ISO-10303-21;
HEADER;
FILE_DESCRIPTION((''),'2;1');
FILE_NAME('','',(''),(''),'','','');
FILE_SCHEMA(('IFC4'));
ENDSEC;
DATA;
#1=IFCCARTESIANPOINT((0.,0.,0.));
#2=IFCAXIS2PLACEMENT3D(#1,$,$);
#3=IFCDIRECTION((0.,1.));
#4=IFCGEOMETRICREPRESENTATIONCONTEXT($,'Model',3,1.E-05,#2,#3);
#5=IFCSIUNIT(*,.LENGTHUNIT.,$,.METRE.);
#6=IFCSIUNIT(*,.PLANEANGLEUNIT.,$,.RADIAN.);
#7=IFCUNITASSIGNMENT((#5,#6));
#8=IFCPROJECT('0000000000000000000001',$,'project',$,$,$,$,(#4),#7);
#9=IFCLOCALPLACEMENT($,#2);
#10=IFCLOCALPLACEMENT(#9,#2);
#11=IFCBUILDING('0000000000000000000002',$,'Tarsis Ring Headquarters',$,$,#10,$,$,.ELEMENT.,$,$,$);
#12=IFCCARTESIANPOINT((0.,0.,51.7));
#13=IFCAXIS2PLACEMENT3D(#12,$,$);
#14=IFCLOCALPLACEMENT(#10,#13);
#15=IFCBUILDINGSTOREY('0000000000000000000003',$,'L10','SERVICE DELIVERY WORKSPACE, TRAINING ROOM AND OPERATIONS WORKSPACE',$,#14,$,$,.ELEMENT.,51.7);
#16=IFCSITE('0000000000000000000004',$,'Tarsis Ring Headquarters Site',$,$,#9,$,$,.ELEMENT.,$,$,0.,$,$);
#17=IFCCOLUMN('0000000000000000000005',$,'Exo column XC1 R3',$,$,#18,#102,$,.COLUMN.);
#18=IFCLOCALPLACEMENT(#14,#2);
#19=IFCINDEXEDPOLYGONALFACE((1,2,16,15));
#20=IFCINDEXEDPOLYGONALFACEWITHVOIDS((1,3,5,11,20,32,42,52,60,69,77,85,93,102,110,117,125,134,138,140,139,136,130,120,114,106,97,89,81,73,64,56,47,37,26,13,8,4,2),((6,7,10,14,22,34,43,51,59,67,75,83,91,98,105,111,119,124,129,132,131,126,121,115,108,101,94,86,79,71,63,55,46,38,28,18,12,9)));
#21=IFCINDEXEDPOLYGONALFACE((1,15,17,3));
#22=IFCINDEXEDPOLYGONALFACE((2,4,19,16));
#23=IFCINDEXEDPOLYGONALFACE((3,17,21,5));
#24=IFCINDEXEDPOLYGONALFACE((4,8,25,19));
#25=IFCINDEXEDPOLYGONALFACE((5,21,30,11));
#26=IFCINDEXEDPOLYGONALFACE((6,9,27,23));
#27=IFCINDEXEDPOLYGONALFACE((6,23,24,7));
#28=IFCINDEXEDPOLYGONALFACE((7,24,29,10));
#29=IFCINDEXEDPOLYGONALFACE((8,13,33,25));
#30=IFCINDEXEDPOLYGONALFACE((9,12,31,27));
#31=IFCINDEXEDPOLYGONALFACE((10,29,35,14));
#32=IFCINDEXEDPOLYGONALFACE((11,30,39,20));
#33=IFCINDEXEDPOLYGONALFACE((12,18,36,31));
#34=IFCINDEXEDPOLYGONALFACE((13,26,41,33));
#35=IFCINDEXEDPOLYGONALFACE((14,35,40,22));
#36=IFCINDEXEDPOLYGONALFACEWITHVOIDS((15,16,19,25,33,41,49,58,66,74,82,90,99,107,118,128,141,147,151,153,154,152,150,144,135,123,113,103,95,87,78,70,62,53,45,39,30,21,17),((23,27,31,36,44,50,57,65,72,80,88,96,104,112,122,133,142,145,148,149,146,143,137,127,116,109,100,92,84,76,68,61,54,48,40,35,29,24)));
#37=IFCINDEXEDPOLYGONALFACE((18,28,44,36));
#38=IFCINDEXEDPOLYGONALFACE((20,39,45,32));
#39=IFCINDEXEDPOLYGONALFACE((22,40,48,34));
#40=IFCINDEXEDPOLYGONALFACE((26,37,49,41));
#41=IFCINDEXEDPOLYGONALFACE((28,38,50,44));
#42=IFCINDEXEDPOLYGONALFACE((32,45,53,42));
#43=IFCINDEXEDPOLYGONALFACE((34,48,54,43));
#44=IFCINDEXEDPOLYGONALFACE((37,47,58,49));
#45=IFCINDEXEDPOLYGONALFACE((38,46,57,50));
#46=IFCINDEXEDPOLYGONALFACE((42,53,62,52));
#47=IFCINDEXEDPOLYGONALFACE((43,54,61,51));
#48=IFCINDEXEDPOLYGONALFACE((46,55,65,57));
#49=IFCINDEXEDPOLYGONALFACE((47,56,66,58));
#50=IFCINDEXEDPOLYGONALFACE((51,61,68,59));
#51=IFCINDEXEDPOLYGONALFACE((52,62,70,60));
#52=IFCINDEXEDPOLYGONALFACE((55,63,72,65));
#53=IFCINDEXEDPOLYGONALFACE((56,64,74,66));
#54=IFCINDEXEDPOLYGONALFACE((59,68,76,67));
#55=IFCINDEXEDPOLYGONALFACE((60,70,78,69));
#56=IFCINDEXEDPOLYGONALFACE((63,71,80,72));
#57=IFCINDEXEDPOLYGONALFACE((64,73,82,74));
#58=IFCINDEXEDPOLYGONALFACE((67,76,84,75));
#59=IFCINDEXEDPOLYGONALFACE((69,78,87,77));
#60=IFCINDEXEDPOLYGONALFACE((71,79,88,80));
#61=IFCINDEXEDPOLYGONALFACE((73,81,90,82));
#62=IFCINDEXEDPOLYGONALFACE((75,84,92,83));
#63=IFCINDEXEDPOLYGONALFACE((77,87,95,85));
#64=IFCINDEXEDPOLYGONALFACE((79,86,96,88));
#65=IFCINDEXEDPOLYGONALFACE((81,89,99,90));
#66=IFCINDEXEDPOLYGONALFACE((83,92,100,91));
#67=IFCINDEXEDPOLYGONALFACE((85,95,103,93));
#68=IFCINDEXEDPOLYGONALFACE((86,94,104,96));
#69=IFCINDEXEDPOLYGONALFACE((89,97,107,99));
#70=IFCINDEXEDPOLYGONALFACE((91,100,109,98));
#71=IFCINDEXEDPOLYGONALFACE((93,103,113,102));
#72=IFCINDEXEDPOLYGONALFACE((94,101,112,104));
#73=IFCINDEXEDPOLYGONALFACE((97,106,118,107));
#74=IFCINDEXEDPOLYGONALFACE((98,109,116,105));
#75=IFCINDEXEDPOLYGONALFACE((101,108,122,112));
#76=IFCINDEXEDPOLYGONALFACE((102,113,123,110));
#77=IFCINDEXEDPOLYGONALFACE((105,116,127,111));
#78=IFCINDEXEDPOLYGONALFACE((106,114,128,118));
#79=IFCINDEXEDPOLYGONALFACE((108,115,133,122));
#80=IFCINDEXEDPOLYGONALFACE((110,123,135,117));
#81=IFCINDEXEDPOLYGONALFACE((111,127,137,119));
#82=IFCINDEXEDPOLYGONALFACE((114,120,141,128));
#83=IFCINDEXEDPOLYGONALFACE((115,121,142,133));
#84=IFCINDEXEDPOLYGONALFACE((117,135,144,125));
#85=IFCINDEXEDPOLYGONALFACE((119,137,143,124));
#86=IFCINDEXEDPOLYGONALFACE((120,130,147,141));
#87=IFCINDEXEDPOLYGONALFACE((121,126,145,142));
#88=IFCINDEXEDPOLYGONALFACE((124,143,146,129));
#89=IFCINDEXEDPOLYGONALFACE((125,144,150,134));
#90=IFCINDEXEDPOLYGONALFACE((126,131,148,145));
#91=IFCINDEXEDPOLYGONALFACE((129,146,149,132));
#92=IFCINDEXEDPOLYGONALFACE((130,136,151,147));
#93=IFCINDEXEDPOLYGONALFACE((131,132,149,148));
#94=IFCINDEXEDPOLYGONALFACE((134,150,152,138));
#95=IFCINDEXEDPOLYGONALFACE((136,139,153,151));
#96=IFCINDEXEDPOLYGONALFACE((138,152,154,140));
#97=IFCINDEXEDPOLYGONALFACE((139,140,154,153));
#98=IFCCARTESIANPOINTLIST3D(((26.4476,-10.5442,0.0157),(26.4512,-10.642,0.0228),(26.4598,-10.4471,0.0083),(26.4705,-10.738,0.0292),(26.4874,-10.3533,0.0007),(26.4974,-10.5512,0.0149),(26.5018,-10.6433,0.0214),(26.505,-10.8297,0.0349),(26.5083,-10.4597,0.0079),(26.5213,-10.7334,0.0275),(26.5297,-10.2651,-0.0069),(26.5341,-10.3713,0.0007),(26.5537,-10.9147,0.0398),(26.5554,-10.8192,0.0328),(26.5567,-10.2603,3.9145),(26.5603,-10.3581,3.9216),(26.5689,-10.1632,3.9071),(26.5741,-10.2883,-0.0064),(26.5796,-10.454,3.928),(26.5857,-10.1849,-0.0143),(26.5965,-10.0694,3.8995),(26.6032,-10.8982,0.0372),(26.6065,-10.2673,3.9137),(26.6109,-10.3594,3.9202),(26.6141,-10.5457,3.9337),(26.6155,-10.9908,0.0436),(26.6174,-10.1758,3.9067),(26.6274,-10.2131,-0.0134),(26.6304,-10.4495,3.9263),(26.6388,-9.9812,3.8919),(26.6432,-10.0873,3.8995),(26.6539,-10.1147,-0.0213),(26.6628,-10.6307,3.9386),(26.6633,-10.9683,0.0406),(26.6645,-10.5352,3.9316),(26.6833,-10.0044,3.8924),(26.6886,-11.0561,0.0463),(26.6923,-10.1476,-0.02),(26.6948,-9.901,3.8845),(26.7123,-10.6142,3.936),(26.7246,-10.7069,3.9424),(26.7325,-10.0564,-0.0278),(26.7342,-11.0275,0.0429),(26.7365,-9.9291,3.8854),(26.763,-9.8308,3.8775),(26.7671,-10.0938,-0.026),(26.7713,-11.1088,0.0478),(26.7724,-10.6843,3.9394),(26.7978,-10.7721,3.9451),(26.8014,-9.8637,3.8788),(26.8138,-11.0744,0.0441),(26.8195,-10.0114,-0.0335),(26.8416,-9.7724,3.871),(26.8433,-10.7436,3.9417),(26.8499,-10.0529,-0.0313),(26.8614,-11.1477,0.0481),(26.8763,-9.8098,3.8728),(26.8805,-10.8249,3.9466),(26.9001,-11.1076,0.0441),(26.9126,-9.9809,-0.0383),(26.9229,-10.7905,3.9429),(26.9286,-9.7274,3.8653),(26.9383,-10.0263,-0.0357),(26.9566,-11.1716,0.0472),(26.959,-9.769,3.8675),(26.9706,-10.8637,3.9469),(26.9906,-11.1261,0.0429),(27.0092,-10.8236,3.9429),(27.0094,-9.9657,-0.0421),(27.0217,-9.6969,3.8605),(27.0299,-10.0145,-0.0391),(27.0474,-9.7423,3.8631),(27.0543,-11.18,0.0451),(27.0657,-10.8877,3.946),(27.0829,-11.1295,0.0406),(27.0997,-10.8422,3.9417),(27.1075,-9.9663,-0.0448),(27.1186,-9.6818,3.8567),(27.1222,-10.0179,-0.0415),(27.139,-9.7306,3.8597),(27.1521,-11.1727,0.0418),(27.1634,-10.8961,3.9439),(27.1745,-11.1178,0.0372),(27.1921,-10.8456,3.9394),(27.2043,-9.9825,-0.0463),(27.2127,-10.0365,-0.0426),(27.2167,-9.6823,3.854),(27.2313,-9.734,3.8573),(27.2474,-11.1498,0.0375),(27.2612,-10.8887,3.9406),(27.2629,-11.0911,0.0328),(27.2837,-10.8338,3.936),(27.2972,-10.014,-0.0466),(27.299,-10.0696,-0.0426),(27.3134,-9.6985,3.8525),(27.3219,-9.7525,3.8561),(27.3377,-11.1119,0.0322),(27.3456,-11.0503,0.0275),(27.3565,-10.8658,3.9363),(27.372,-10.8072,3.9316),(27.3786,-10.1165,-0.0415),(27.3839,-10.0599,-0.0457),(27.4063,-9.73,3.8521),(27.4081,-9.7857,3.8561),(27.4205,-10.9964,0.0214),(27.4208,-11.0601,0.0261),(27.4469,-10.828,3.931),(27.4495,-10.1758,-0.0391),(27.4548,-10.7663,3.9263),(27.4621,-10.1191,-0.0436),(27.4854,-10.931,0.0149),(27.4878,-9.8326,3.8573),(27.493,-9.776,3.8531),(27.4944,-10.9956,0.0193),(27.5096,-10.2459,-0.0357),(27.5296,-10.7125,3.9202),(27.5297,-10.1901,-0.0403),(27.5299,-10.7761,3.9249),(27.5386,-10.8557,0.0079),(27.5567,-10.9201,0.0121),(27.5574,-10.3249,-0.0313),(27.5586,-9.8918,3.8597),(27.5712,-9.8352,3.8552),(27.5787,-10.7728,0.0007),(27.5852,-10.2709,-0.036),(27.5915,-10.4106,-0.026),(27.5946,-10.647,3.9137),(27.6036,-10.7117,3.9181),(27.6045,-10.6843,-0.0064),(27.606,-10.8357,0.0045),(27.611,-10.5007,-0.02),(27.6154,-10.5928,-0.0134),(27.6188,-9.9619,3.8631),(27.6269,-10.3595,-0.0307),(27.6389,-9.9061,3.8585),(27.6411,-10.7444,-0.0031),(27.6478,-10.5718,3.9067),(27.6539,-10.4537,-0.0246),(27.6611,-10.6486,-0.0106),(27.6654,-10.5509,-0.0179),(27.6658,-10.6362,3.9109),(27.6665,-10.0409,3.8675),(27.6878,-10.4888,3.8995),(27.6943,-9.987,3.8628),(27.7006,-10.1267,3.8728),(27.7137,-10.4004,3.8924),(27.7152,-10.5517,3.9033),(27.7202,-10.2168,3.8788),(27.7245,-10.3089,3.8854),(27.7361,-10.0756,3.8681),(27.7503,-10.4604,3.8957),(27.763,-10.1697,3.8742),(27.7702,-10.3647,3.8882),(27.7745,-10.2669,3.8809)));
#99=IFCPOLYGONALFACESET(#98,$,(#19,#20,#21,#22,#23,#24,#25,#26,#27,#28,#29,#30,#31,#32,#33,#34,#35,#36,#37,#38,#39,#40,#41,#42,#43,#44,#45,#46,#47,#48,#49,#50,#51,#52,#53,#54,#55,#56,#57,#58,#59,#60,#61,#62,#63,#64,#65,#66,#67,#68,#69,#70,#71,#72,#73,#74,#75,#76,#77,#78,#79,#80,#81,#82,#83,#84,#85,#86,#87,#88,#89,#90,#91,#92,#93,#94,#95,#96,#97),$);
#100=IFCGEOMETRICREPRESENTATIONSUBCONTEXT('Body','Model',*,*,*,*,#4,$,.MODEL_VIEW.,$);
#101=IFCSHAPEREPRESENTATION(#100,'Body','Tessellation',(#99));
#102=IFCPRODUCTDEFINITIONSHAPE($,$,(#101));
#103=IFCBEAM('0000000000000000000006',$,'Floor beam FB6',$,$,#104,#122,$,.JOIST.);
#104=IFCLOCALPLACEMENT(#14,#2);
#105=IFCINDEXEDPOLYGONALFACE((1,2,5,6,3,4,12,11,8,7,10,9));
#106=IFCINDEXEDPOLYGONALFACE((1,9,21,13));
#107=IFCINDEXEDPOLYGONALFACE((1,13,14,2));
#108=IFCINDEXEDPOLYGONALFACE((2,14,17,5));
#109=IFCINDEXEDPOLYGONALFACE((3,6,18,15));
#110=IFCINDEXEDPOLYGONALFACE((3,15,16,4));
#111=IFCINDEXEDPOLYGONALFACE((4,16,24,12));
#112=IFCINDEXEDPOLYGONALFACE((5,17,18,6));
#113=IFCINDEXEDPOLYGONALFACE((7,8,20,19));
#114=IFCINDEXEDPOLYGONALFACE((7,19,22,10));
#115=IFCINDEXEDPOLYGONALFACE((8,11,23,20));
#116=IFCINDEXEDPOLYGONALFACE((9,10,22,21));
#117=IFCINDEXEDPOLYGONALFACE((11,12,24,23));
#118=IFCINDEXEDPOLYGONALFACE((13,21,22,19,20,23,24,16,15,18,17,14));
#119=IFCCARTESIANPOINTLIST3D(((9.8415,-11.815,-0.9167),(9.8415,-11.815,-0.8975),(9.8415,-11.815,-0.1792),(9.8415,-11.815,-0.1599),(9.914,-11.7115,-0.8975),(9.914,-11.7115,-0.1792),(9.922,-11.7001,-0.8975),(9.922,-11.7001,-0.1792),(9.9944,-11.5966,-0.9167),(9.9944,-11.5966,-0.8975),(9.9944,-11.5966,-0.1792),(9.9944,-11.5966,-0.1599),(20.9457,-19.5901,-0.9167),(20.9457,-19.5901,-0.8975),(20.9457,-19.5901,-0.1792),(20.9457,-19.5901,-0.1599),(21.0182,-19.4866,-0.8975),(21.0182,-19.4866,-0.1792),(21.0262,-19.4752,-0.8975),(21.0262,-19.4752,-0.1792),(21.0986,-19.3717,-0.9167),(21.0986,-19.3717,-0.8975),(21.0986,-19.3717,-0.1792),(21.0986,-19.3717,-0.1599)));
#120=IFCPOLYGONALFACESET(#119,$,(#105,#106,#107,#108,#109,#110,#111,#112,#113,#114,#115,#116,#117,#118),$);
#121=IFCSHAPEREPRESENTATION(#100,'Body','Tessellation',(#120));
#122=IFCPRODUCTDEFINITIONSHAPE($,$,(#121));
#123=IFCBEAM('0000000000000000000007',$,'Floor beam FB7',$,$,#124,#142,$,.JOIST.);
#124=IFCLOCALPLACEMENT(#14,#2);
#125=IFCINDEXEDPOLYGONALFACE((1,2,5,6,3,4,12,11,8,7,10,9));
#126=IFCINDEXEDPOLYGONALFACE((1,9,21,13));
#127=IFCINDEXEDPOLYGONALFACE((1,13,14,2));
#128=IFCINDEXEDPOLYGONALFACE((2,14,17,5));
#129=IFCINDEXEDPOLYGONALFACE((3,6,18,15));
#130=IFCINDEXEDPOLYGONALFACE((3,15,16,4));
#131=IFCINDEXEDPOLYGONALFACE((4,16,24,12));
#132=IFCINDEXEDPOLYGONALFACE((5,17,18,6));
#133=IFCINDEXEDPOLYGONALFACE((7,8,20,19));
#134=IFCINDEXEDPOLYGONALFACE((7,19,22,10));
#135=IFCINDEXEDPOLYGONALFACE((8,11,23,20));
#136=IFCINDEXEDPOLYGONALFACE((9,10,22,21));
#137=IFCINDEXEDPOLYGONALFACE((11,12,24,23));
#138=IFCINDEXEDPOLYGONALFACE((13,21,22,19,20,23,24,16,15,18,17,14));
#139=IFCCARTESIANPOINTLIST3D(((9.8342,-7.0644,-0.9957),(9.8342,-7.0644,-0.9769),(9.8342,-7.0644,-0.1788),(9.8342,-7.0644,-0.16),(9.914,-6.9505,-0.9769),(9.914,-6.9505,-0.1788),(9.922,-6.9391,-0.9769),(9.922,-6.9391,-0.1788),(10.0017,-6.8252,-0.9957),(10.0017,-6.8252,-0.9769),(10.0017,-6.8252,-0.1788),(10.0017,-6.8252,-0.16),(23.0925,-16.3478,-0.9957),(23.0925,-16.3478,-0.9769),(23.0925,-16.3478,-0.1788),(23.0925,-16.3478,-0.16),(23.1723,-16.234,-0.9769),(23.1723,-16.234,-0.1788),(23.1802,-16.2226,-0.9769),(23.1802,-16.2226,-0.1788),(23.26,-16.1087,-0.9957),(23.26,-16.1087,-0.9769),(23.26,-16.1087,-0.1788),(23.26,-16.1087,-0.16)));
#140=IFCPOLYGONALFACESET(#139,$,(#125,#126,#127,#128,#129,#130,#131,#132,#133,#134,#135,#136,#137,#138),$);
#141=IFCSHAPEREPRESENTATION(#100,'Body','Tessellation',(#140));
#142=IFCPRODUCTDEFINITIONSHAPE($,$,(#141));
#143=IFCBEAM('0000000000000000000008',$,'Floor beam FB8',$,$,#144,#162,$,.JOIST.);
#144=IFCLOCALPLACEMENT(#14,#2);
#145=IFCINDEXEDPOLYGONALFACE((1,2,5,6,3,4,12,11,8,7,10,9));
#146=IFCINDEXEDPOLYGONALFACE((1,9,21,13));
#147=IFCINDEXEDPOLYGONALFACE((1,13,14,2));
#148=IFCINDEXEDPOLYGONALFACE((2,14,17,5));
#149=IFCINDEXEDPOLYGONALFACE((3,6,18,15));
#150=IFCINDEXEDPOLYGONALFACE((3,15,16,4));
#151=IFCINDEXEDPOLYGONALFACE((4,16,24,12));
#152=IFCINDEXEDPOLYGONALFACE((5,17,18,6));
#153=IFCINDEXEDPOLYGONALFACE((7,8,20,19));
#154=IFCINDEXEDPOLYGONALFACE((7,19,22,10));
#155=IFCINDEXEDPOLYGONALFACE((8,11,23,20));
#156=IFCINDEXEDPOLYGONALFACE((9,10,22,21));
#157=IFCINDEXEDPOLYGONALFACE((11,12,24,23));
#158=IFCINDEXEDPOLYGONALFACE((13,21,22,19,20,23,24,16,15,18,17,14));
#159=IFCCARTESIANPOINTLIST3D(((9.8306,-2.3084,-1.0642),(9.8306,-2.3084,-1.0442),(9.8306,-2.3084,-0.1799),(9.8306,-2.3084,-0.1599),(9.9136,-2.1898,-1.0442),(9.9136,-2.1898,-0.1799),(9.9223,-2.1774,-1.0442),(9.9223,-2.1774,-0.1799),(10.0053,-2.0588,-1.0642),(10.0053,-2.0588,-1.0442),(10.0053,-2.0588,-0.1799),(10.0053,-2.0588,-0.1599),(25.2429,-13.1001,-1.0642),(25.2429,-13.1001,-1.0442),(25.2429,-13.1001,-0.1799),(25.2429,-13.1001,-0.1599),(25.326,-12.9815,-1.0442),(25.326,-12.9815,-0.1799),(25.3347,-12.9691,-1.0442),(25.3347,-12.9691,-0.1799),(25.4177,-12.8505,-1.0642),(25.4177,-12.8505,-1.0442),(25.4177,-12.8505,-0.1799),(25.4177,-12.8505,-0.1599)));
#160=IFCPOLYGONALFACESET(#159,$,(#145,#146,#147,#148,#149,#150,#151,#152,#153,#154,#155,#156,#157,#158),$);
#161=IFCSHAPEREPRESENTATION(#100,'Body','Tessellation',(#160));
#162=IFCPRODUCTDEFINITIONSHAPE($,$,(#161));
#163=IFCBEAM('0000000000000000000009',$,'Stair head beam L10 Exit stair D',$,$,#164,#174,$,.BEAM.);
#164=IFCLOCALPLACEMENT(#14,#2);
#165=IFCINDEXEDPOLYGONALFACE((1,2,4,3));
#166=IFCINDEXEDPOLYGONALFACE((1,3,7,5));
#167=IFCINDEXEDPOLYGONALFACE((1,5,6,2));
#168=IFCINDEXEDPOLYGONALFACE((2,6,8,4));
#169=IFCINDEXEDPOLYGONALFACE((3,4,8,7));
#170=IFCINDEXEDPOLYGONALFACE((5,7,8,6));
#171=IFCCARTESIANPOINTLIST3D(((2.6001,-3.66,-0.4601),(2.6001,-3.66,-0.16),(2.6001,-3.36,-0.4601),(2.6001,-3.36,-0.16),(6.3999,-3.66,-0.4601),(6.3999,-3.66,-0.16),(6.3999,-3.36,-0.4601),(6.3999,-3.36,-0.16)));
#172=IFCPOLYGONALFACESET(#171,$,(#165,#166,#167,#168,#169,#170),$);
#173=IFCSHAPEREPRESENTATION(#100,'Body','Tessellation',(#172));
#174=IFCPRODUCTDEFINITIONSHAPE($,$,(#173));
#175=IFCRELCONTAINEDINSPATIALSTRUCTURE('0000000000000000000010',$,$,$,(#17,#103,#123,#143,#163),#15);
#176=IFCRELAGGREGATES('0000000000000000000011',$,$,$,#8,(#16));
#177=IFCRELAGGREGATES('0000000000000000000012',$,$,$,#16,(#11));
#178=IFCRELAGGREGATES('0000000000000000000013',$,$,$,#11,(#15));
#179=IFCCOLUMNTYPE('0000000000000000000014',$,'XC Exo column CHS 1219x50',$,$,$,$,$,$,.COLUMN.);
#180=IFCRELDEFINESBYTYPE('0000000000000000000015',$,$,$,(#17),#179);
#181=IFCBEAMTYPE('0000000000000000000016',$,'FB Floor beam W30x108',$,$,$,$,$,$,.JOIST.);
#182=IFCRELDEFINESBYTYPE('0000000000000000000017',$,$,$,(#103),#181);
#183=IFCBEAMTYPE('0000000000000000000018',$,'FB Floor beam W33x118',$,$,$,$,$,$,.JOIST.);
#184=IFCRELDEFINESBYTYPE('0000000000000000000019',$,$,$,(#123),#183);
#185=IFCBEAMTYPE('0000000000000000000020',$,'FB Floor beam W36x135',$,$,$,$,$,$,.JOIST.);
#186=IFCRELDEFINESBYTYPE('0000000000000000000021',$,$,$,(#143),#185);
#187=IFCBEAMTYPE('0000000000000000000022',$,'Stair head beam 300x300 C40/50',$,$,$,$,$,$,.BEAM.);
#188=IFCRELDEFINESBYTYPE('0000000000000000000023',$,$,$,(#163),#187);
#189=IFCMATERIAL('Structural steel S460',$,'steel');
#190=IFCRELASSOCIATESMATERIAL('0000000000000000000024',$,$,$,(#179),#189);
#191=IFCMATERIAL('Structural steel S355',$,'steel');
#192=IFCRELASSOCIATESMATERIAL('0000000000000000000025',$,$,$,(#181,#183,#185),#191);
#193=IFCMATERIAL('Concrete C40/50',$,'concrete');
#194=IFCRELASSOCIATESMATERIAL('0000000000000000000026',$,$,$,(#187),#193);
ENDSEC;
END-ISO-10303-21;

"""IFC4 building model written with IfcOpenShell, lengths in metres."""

from ifc_helpers import new_model, si_unit, direction, frame, origin, origin_2d, place, context, subcontext, project, spatial, rectangle, hollow_circle, i_section, extrude, material, material_profile, profile_set, type_object, element, save


model = new_model("IFC4")

# Units and contexts
model_context = context("Model", 3, precision=1e-05, world=origin(), true_north=direction((0.0, 1.0)))
body_context = subcontext(model_context, "Body", "Model", "MODEL_VIEW")
ifc_project = project(units=[si_unit("LENGTHUNIT", "METRE"), si_unit("PLANEANGLEUNIT", "RADIAN")], contexts=[model_context])

# Site, building, storey
site_placement = place(None, origin())
site = spatial("IfcSite", under=ifc_project, at=site_placement, Name="Tarsis Ring Headquarters Site", CompositionType="ELEMENT", RefElevation=0.0)
building_placement = place(site_placement, origin())
building = spatial("IfcBuilding", under=site, at=building_placement, Name="Tarsis Ring Headquarters", CompositionType="ELEMENT")
storey_placement = place(building_placement, frame((0.0, 0.0, 51.7)))
storey = spatial("IfcBuildingStorey", under=building, at=storey_placement, Name="L10", Description="SERVICE DELIVERY WORKSPACE, TRAINING ROOM AND OPERATIONS WORKSPACE", CompositionType="ELEMENT", Elevation=51.7)

# Column
ifc_material_1 = material(Name="Structural steel S460", Category="steel")
ifc_material_profile_1 = material_profile(ifc_material_1, hollow_circle(Radius=0.6096, WallThickness=0.05, at=origin_2d()), Name="CHS 1219x50")
ifc_profile_set_1 = profile_set([ifc_material_profile_1], Name="Structural steel S460")
column_type = type_object("IfcColumnType", Name="XC Exo column CHS 1219x50", PredefinedType="COLUMN", material=ifc_profile_set_1)
column_placement = place(storey_placement, frame((27.0564, -10.572, 0.0007), z_axis=(0.027907, 0.072608, 0.99697), x_axis=(-0.933428, 0.358764, 0.0)))
element("IfcColumn", 1, at=column_placement, inside=storey, type_object=column_type, Name="Exo column XC1 R3", PredefinedType="COLUMN", context=body_context, shape_type="SweptSolid", body=[
    extrude(hollow_circle(Radius=0.6096, WallThickness=0.05, at=origin_2d()), origin(), (0.0, 0.0, 1.0), 3.9106),
])

# Beams
ifc_material_2 = material(Name="Structural steel S355", Category="steel")
ifc_material_profile_2 = material_profile(ifc_material_2, i_section(OverallWidth=0.2666, OverallDepth=0.7568, WebThickness=0.0139, FlangeThickness=0.0193, at=origin_2d()), Name="W30x108")
ifc_profile_set_2 = profile_set([ifc_material_profile_2], Name="Structural steel S355")
beam_type_1 = type_object("IfcBeamType", Name="FB Floor beam W30x108", PredefinedType="JOIST", material=ifc_profile_set_2)
beam_1_placement = place(storey_placement, frame((9.918, -11.7058, -0.5383), z_axis=(0.819157, -0.57357, 0.0), x_axis=(0.57357, 0.819157, 0.0)))
element("IfcBeam", 2, at=beam_1_placement, inside=storey, type_object=beam_type_1, Name="Floor beam FB6", PredefinedType="JOIST", context=body_context, shape_type="SweptSolid", body=[
    extrude(i_section(OverallWidth=0.2666, OverallDepth=0.7568, WebThickness=0.0139, FlangeThickness=0.0193, at=origin_2d()), origin(), (0.0, 0.0, 1.0), 13.5557),
])
ifc_material_profile_3 = material_profile(ifc_material_2, i_section(OverallWidth=0.292, OverallDepth=0.8357, WebThickness=0.0139, FlangeThickness=0.0188, at=origin_2d()), Name="W33x118")
ifc_profile_set_3 = profile_set([ifc_material_profile_3], Name="Structural steel S355")
beam_type_2 = type_object("IfcBeamType", Name="FB Floor beam W33x118", PredefinedType="JOIST", material=ifc_profile_set_3)
beam_2_placement = place(storey_placement, frame((9.918, -6.9448, -0.5779), z_axis=(0.819155, -0.573572, 0.0), x_axis=(0.573572, 0.819155, 0.0)))
element("IfcBeam", 3, at=beam_2_placement, inside=storey, type_object=beam_type_2, Name="Floor beam FB7", PredefinedType="JOIST", context=body_context, shape_type="SweptSolid", body=[
    extrude(i_section(OverallWidth=0.292, OverallDepth=0.8357, WebThickness=0.0139, FlangeThickness=0.0188, at=origin_2d()), origin(), (0.0, 0.0, 1.0), 16.1853),
])
ifc_material_profile_4 = material_profile(ifc_material_2, i_section(OverallWidth=0.3047, OverallDepth=0.9043, WebThickness=0.0151, FlangeThickness=0.02, at=origin_2d()), Name="W36x135")
ifc_profile_set_4 = profile_set([ifc_material_profile_4], Name="Structural steel S355")
beam_type_3 = type_object("IfcBeamType", Name="FB Floor beam W36x135", PredefinedType="JOIST", material=ifc_profile_set_4)
beam_3_placement = place(storey_placement, frame((9.918, -2.1836, -0.6121), z_axis=(0.819154, -0.573573, 0.0), x_axis=(0.573573, 0.819154, 0.0)))
element("IfcBeam", 4, at=beam_3_placement, inside=storey, type_object=beam_type_3, Name="Floor beam FB8", PredefinedType="JOIST", context=body_context, shape_type="SweptSolid", body=[
    extrude(i_section(OverallWidth=0.3047, OverallDepth=0.9043, WebThickness=0.0151, FlangeThickness=0.02, at=origin_2d()), origin(), (0.0, 0.0, 1.0), 18.8149),
])
ifc_material_3 = material(Name="Concrete C40/50", Category="concrete")
ifc_material_profile_5 = material_profile(ifc_material_3, rectangle(XDim=0.3, YDim=0.3, at=origin_2d()), Name="Stair head beam 300x300 C40/50")
ifc_profile_set_5 = profile_set([ifc_material_profile_5], Name="Concrete C40/50")
beam_type_4 = type_object("IfcBeamType", Name="Stair head beam 300x300 C40/50", PredefinedType="BEAM", material=ifc_profile_set_5)
beam_4_placement = place(storey_placement, frame((2.6001, -3.51, -0.3101), z_axis=(1.0, 0.0, 0.0), x_axis=(0.0, 1.0, 0.0)))
element("IfcBeam", 5, at=beam_4_placement, inside=storey, type_object=beam_type_4, Name="Stair head beam L10 Exit stair D", PredefinedType="BEAM", context=body_context, shape_type="SweptSolid", body=[
    extrude(rectangle(XDim=0.3, YDim=0.3, at=origin_2d()), origin(), (0.0, 0.0, 1.0), 3.7998),
])

save(model, "model.ifc")
